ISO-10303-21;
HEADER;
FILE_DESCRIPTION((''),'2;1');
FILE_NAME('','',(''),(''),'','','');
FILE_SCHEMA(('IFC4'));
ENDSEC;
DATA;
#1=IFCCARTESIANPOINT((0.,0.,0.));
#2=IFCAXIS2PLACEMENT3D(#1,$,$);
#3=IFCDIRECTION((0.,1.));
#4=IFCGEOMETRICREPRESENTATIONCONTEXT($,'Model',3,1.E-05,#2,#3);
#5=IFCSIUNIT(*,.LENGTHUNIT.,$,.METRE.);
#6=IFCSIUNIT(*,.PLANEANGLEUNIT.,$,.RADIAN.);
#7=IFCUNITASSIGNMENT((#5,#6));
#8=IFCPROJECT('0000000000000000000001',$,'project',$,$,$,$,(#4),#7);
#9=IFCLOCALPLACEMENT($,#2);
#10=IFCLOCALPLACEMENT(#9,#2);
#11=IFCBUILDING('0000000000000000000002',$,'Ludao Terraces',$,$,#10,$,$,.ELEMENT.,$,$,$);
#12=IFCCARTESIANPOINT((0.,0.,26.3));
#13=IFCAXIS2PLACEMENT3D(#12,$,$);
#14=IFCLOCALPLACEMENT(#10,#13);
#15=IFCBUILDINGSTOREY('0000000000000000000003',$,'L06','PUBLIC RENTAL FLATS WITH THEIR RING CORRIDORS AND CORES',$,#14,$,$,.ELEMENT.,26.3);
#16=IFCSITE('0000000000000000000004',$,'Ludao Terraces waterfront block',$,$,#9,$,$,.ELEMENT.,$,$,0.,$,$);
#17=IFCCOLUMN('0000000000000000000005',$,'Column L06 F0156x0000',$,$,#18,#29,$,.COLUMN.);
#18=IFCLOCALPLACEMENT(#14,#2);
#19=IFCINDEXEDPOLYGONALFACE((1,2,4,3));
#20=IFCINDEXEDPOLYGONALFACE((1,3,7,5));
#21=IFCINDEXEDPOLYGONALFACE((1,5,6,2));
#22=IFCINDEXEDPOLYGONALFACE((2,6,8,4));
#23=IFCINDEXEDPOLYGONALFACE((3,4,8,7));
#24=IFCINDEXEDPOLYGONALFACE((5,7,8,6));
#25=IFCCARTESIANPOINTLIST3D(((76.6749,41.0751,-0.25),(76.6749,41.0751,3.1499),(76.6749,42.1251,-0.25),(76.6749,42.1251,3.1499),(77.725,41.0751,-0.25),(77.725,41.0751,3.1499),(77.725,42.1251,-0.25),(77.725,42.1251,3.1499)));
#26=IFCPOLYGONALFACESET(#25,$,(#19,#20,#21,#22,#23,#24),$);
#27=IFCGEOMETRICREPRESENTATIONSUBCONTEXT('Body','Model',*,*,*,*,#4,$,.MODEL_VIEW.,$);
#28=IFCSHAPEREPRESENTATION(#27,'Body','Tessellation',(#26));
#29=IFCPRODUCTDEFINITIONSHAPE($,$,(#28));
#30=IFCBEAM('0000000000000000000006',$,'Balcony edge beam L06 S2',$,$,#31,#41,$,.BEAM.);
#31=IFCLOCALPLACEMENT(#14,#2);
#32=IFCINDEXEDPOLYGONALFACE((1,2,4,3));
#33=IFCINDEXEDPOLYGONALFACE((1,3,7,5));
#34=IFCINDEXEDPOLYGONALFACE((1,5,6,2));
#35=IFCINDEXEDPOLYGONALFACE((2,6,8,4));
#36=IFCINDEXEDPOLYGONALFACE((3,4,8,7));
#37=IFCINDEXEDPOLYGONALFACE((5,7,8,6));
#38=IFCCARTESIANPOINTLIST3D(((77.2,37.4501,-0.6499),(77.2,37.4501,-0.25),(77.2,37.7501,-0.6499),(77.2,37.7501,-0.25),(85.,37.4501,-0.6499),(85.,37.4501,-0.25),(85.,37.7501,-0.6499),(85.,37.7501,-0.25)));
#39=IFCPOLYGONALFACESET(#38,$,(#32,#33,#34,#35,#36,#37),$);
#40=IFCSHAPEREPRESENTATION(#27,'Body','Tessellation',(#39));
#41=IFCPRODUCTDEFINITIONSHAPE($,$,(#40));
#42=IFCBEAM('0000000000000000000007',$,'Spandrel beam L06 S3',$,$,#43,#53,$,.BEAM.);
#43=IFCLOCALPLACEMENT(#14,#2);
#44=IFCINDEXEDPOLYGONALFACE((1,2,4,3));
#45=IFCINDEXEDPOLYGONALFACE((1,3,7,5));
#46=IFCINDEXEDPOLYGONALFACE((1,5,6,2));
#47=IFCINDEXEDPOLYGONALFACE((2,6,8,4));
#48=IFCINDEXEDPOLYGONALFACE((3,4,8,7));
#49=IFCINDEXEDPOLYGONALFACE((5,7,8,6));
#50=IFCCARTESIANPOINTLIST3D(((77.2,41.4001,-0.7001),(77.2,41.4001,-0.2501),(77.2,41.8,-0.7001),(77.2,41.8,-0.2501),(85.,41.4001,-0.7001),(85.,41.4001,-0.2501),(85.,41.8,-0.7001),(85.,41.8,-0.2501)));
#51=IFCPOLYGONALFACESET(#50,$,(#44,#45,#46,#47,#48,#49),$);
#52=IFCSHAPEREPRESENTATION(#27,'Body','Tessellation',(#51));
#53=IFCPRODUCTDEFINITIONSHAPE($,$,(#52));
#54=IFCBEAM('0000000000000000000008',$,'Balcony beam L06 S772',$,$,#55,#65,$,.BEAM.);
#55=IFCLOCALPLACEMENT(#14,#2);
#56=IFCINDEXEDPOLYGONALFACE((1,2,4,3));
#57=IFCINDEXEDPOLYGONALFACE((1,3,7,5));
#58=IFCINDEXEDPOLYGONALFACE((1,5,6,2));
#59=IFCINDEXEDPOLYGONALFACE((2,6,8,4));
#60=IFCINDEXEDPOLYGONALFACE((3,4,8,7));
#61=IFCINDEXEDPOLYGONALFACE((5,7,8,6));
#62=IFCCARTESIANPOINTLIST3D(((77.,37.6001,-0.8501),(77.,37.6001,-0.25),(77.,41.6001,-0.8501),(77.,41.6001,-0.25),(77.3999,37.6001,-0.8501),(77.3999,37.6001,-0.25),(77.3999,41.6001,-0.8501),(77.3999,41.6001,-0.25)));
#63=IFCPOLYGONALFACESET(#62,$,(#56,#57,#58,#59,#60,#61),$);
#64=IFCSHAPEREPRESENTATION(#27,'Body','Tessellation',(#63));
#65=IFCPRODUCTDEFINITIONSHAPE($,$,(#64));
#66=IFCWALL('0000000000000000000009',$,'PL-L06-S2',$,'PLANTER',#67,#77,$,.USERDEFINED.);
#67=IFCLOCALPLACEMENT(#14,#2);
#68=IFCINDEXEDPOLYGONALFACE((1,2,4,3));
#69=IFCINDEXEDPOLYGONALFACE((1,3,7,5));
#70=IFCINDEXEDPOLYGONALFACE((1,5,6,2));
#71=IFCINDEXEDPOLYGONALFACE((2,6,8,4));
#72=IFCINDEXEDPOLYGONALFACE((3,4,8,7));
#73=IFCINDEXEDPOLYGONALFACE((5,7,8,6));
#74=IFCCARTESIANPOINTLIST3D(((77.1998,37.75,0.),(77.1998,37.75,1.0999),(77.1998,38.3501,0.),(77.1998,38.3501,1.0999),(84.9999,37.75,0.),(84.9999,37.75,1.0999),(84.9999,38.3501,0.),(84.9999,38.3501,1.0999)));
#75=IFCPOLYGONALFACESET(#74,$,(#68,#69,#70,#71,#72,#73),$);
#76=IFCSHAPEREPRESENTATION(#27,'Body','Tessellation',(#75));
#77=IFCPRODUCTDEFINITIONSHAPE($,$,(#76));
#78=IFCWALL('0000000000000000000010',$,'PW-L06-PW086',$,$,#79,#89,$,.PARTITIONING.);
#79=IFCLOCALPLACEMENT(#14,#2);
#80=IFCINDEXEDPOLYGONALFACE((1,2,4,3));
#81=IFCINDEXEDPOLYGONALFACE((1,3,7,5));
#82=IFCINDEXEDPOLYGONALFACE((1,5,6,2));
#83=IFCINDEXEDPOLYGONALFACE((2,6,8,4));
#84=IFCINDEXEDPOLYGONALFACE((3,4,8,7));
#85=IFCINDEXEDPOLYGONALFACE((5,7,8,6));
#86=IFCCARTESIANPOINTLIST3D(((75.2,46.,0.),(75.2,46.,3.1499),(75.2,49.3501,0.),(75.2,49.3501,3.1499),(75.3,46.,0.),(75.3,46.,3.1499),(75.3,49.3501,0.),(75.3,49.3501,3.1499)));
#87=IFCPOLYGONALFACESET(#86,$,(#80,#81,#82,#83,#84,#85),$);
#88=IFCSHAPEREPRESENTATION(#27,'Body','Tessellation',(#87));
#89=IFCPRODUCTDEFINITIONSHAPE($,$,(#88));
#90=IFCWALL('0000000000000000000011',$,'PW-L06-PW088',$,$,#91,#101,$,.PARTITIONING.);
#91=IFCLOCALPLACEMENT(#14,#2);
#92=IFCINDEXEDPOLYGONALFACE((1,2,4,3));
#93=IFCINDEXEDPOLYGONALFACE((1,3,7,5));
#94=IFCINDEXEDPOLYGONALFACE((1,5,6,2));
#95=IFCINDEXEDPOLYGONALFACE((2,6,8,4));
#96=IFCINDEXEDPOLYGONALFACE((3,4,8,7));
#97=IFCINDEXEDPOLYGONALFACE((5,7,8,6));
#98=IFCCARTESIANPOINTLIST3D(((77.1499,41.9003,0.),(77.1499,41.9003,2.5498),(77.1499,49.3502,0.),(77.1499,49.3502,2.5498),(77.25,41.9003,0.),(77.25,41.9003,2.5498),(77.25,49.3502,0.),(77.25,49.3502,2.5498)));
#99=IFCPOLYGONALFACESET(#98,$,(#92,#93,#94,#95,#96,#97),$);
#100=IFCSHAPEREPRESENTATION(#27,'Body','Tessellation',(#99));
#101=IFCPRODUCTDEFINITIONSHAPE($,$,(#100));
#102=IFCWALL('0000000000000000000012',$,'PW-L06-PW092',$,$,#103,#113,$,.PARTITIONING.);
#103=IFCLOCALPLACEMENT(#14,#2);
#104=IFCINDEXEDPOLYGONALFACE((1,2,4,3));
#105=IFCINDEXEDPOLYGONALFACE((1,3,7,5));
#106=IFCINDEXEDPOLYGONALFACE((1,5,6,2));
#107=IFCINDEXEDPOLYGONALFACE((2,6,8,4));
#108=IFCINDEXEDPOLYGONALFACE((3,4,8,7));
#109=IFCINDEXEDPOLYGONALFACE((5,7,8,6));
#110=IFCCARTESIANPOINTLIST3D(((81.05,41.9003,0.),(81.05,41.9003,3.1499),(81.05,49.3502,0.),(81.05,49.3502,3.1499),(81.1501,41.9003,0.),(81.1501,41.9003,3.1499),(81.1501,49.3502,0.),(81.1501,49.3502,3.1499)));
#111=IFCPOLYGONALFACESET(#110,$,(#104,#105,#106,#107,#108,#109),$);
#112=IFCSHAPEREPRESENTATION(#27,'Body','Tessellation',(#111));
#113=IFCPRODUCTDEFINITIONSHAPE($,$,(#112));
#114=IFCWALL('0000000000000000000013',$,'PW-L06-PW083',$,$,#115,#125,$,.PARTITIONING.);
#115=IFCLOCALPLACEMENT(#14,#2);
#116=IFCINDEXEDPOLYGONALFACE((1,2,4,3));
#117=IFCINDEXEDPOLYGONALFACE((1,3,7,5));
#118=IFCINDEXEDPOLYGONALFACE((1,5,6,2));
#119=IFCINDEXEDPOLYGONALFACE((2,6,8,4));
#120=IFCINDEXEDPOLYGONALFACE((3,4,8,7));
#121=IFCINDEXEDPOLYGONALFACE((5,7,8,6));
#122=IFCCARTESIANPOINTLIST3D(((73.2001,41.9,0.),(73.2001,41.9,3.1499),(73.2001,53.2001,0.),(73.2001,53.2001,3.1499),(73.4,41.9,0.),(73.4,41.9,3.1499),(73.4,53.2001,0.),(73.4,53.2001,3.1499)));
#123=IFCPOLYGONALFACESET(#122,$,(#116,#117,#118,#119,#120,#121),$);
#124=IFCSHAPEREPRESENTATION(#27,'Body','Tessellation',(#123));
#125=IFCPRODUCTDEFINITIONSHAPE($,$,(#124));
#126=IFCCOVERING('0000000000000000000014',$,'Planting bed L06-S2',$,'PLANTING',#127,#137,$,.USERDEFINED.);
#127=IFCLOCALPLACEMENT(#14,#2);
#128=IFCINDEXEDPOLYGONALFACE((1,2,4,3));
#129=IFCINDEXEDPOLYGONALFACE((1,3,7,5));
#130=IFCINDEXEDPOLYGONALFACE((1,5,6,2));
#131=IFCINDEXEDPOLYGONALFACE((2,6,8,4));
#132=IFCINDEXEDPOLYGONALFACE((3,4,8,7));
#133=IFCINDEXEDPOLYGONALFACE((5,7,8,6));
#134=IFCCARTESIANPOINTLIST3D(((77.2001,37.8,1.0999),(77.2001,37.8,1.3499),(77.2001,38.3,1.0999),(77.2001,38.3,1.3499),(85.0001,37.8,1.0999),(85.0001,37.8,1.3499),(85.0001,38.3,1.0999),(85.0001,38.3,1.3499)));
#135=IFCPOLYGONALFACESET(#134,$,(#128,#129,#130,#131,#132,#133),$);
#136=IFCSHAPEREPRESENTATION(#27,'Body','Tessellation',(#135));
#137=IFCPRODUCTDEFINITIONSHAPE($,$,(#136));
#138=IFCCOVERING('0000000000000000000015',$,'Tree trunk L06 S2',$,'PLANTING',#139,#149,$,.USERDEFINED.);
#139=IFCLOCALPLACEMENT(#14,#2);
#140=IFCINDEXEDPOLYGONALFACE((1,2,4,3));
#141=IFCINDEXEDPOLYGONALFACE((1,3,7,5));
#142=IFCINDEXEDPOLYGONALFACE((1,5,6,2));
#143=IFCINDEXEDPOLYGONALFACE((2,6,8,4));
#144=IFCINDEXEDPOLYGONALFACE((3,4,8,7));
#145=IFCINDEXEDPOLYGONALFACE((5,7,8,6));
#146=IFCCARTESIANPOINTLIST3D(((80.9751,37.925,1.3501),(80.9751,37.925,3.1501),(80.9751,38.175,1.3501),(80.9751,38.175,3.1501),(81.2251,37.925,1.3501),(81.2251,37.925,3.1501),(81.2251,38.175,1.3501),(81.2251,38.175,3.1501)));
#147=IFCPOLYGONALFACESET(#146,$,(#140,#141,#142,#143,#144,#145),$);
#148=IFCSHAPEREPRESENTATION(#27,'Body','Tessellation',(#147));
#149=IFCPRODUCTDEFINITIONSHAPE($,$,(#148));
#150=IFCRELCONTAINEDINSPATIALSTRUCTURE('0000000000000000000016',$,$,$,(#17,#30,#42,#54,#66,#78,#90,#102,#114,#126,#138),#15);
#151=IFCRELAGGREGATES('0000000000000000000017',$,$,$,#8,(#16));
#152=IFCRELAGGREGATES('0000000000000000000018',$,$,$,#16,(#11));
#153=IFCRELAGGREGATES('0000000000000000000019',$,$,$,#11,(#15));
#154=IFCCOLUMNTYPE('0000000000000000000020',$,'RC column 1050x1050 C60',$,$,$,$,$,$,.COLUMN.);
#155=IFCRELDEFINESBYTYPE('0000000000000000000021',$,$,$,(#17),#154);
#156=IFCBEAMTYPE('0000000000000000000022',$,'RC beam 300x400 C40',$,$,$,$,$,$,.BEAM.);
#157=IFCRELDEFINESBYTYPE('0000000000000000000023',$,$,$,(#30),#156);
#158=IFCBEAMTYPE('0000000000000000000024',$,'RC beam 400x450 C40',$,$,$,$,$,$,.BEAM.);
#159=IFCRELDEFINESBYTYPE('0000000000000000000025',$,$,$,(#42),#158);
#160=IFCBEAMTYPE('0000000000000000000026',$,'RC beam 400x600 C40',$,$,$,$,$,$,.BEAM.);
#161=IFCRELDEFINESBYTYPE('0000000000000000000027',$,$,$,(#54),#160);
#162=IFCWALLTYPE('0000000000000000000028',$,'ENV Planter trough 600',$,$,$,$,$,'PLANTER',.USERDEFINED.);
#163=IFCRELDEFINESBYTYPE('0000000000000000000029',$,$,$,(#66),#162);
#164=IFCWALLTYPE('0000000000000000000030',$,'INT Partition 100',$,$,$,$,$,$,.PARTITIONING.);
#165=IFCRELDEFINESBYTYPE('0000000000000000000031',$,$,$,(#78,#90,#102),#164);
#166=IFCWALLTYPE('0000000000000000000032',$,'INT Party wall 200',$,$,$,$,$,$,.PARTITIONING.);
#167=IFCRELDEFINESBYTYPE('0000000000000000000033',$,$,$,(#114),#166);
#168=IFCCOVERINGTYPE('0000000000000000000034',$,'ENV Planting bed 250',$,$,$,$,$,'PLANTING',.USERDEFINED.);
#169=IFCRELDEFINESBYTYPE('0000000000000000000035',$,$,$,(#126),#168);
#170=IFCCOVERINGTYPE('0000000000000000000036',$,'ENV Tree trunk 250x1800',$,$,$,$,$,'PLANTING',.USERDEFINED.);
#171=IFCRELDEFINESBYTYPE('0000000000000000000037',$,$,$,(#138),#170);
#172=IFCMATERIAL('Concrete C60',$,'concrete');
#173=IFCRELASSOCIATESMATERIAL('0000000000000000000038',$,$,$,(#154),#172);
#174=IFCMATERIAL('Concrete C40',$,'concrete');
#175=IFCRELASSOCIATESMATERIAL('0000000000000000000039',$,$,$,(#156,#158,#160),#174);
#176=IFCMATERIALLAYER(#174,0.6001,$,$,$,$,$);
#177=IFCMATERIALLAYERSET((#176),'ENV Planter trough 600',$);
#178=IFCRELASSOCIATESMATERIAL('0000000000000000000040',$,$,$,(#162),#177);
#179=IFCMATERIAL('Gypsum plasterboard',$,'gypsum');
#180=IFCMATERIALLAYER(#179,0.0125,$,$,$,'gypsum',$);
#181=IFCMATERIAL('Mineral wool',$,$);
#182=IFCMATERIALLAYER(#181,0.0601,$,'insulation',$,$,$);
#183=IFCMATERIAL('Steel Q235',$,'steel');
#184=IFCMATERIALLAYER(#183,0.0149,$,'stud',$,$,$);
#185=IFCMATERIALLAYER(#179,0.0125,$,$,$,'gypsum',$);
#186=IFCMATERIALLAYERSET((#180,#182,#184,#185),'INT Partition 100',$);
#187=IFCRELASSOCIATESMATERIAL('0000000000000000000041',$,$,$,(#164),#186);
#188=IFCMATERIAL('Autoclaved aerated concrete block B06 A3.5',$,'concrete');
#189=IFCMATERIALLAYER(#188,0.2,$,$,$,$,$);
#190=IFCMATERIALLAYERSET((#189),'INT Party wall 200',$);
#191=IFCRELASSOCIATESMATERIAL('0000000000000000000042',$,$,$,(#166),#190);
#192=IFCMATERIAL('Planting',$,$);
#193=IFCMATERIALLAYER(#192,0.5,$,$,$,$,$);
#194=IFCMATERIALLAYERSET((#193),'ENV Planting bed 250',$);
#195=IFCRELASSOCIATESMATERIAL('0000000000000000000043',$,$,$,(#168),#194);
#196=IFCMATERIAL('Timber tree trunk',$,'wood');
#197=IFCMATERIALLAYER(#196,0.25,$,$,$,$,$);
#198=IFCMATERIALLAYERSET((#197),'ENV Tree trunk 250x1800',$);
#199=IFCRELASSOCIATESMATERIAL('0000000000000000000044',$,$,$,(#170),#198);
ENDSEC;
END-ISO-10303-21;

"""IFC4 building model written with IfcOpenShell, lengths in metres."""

from ifc_helpers import new_model, si_unit, direction, frame, frame_2d, origin, origin_2d, place, context, subcontext, project, spatial, rectangle, extrude, material, layer, layer_set, material_profile, profile_set, type_object, element, save


model = new_model("IFC4")

# Units and contexts
model_context = context("Model", 3, precision=1e-05, world=origin(), true_north=direction((0.0, 1.0)))
body_context = subcontext(model_context, "Body", "Model", "MODEL_VIEW")
ifc_project = project(units=[si_unit("LENGTHUNIT", "METRE"), si_unit("PLANEANGLEUNIT", "RADIAN")], contexts=[model_context])

# Site, building, storey
site_placement = place(None, origin())
site = spatial("IfcSite", under=ifc_project, at=site_placement, Name="Ludao Terraces waterfront block", CompositionType="ELEMENT", RefElevation=0.0)
building_placement = place(site_placement, origin())
building = spatial("IfcBuilding", under=site, at=building_placement, Name="Ludao Terraces", CompositionType="ELEMENT")
storey_placement = place(building_placement, frame((0.0, 0.0, 26.3)))
storey = spatial("IfcBuildingStorey", under=building, at=storey_placement, Name="L06", Description="PUBLIC RENTAL FLATS WITH THEIR RING CORRIDORS AND CORES", CompositionType="ELEMENT", Elevation=26.3)

# Column
ifc_material_1 = material(Name="Concrete C60", Category="concrete")
ifc_material_profile_1 = material_profile(ifc_material_1, rectangle(XDim=1.05, YDim=1.05, at=origin_2d()), Name="1050 X 1050")
ifc_profile_set_1 = profile_set([ifc_material_profile_1], Name="Concrete C60")
column_type = type_object("IfcColumnType", Name="RC column 1050x1050 C60", PredefinedType="COLUMN", material=ifc_profile_set_1)
column_placement = place(storey_placement, frame((77.2, 41.6001, -0.25), z_axis=(0.0, 0.0, 1.0), x_axis=(1.0, 0.0, 0.0)))
element("IfcColumn", 1, at=column_placement, inside=storey, type_object=column_type, Name="Column L06 F0156x0000", PredefinedType="COLUMN", context=body_context, shape_type="SweptSolid", body=[
    extrude(rectangle(XDim=1.05, YDim=1.05, at=origin_2d()), origin(), (0.0, 0.0, 1.0), 3.3999),
])

# Beams
ifc_material_2 = material(Name="Concrete C40", Category="concrete")
ifc_material_profile_2 = material_profile(ifc_material_2, rectangle(XDim=0.3, YDim=0.3999, at=origin_2d()), Name="300 X 400")
ifc_profile_set_2 = profile_set([ifc_material_profile_2], Name="Concrete C40")
beam_type_1 = type_object("IfcBeamType", Name="RC beam 300x400 C40", PredefinedType="BEAM", material=ifc_profile_set_2)
beam_1_placement = place(storey_placement, frame((77.2, 37.6001, -0.45), z_axis=(1.0, 0.0, 0.0), x_axis=(0.0, 1.0, 0.0)))
element("IfcBeam", 2, at=beam_1_placement, inside=storey, type_object=beam_type_1, Name="Balcony edge beam L06 S2", PredefinedType="BEAM", context=body_context, shape_type="SweptSolid", body=[
    extrude(rectangle(XDim=0.3, YDim=0.3999, at=origin_2d()), origin(), (0.0, 0.0, 1.0), 7.8),
])
ifc_material_profile_3 = material_profile(ifc_material_2, rectangle(XDim=0.3999, YDim=0.45, at=origin_2d()), Name="400 X 450")
ifc_profile_set_3 = profile_set([ifc_material_profile_3], Name="Concrete C40")
beam_type_2 = type_object("IfcBeamType", Name="RC beam 400x450 C40", PredefinedType="BEAM", material=ifc_profile_set_3)
beam_2_placement = place(storey_placement, frame((77.2, 41.6001, -0.4751), z_axis=(1.0, 0.0, 0.0), x_axis=(0.0, 1.0, 0.0)))
element("IfcBeam", 3, at=beam_2_placement, inside=storey, type_object=beam_type_2, Name="Spandrel beam L06 S3", PredefinedType="BEAM", context=body_context, shape_type="SweptSolid", body=[
    extrude(rectangle(XDim=0.3999, YDim=0.45, at=origin_2d()), origin(), (0.0, 0.0, 1.0), 7.8),
])
ifc_material_profile_4 = material_profile(ifc_material_2, rectangle(XDim=0.3999, YDim=0.6001, at=origin_2d()), Name="400 X 600")
ifc_profile_set_4 = profile_set([ifc_material_profile_4], Name="Concrete C40")
beam_type_3 = type_object("IfcBeamType", Name="RC beam 400x600 C40", PredefinedType="BEAM", material=ifc_profile_set_4)
beam_3_placement = place(storey_placement, frame((77.2, 41.6001, -0.55), z_axis=(0.0, -1.0, 0.0), x_axis=(1.0, 0.0, 0.0)))
element("IfcBeam", 4, at=beam_3_placement, inside=storey, type_object=beam_type_3, Name="Balcony beam L06 S772", PredefinedType="BEAM", context=body_context, shape_type="SweptSolid", body=[
    extrude(rectangle(XDim=0.3999, YDim=0.6001, at=origin_2d()), origin(), (0.0, 0.0, 1.0), 4.0),
])

# Wall
ifc_layer_1 = layer(ifc_material_2, 0.6001)
ifc_layer_set_1 = layer_set([ifc_layer_1], Name="ENV Planter trough 600")
wall_type_1 = type_object("IfcWallType", Name="ENV Planter trough 600", ElementType="PLANTER", PredefinedType="USERDEFINED", material=ifc_layer_set_1)
wall_1_placement = place(storey_placement, frame((77.2, 38.05, 0.0), z_axis=(0.0, 0.0, 1.0), x_axis=(1.0, 0.0, 0.0)))
element("IfcWall", 5, at=wall_1_placement, inside=storey, type_object=wall_type_1, Name="PL-L06-S2", ObjectType="PLANTER", PredefinedType="USERDEFINED", context=body_context, shape_type="SweptSolid", body=[
    extrude(rectangle(XDim=7.8, YDim=0.6001, at=frame_2d((3.8999, 0.0))), origin(), (0.0, 0.0, 1.0), 1.0999),
])

# Shared definitions
ifc_material_3 = material(Name="Mineral wool")

# Walls
ifc_material_4 = material(Name="Gypsum plasterboard", Category="gypsum")
ifc_layer_2 = layer(ifc_material_4, 0.0125, Category="gypsum")
ifc_layer_3 = layer(ifc_material_3, 0.0601, Name="insulation")
ifc_material_5 = material(Name="Steel Q235", Category="steel")
ifc_layer_4 = layer(ifc_material_5, 0.0149, Name="stud")
ifc_layer_5 = layer(ifc_material_4, 0.0125, Category="gypsum")
ifc_layer_set_2 = layer_set([ifc_layer_2, ifc_layer_3, ifc_layer_4, ifc_layer_5], Name="INT Partition 100")
wall_type_2 = type_object("IfcWallType", Name="INT Partition 100", PredefinedType="PARTITIONING", material=ifc_layer_set_2)
wall_2_placement = place(storey_placement, frame((75.25, 46.0, 0.0), z_axis=(0.0, 0.0, 1.0), x_axis=(0.0, 1.0, 0.0)))
element("IfcWall", 6, at=wall_2_placement, inside=storey, type_object=wall_type_2, Name="PW-L06-PW086", PredefinedType="PARTITIONING", context=body_context, shape_type="SweptSolid", body=[
    extrude(rectangle(XDim=3.3501, YDim=0.1001, at=frame_2d((1.675, 0.0))), origin(), (0.0, 0.0, 1.0), 3.1499),
])
wall_3_placement = place(storey_placement, frame((77.2, 41.9001, 0.0), z_axis=(0.0, 0.0, 1.0), x_axis=(0.0, 1.0, 0.0)))
element("IfcWall", 7, at=wall_3_placement, inside=storey, type_object=wall_type_2, Name="PW-L06-PW088", PredefinedType="PARTITIONING", context=body_context, shape_type="SweptSolid", body=[
    extrude(rectangle(XDim=7.45, YDim=0.1001, at=frame_2d((3.7251, 0.0))), origin(), (0.0, 0.0, 1.0), 2.5498),
])
wall_4_placement = place(storey_placement, frame((81.1001, 41.9001, 0.0), z_axis=(0.0, 0.0, 1.0), x_axis=(0.0, 1.0, 0.0)))
element("IfcWall", 8, at=wall_4_placement, inside=storey, type_object=wall_type_2, Name="PW-L06-PW092", PredefinedType="PARTITIONING", context=body_context, shape_type="SweptSolid", body=[
    extrude(rectangle(XDim=7.45, YDim=0.1001, at=frame_2d((3.7251, 0.0))), origin(), (0.0, 0.0, 1.0), 3.1499),
])
ifc_material_6 = material(Name="Autoclaved aerated concrete block B06 A3.5", Category="concrete")
ifc_layer_6 = layer(ifc_material_6, 0.2)
ifc_layer_set_3 = layer_set([ifc_layer_6], Name="INT Party wall 200")
wall_type_3 = type_object("IfcWallType", Name="INT Party wall 200", PredefinedType="PARTITIONING", material=ifc_layer_set_3)
wall_5_placement = place(storey_placement, frame((73.3, 41.9001, 0.0), z_axis=(0.0, 0.0, 1.0), x_axis=(0.0, 1.0, 0.0)))
element("IfcWall", 9, at=wall_5_placement, inside=storey, type_object=wall_type_3, Name="PW-L06-PW083", PredefinedType="PARTITIONING", context=body_context, shape_type="SweptSolid", body=[
    extrude(rectangle(XDim=11.3, YDim=0.2, at=frame_2d((5.6499, 0.0))), origin(), (0.0, 0.0, 1.0), 3.1499),
])

# Coverings
ifc_material_7 = material(Name="Planting")
ifc_layer_7 = layer(ifc_material_7, 0.5)
ifc_layer_set_4 = layer_set([ifc_layer_7], Name="ENV Planting bed 250")
covering_type_1 = type_object("IfcCoveringType", Name="ENV Planting bed 250", ElementType="PLANTING", PredefinedType="USERDEFINED", material=ifc_layer_set_4)
covering_1_placement = place(storey_placement, frame((81.1001, 38.05, 1.0999), z_axis=(0.0, 0.0, 1.0), x_axis=(1.0, 0.0, 0.0)))
element("IfcCovering", 10, at=covering_1_placement, inside=storey, type_object=covering_type_1, Name="Planting bed L06-S2", ObjectType="PLANTING", PredefinedType="USERDEFINED", context=body_context, shape_type="SweptSolid", body=[
    extrude(rectangle(XDim=7.8, YDim=0.5, at=origin_2d()), origin(), (0.0, 0.0, 1.0), 0.25),
])
ifc_material_8 = material(Name="Timber tree trunk", Category="wood")
ifc_layer_8 = layer(ifc_material_8, 0.25)
ifc_layer_set_5 = layer_set([ifc_layer_8], Name="ENV Tree trunk 250x1800")
covering_type_2 = type_object("IfcCoveringType", Name="ENV Tree trunk 250x1800", ElementType="PLANTING", PredefinedType="USERDEFINED", material=ifc_layer_set_5)
covering_2_placement = place(storey_placement, frame((81.1001, 38.05, 1.3501), z_axis=(0.0, 0.0, 1.0), x_axis=(1.0, 0.0, 0.0)))
element("IfcCovering", 11, at=covering_2_placement, inside=storey, type_object=covering_type_2, Name="Tree trunk L06 S2", ObjectType="PLANTING", PredefinedType="USERDEFINED", context=body_context, shape_type="SweptSolid", body=[
    extrude(rectangle(XDim=0.25, YDim=0.25, at=origin_2d()), origin(), (0.0, 0.0, 1.0), 1.8),
])

save(model, "model.ifc")
